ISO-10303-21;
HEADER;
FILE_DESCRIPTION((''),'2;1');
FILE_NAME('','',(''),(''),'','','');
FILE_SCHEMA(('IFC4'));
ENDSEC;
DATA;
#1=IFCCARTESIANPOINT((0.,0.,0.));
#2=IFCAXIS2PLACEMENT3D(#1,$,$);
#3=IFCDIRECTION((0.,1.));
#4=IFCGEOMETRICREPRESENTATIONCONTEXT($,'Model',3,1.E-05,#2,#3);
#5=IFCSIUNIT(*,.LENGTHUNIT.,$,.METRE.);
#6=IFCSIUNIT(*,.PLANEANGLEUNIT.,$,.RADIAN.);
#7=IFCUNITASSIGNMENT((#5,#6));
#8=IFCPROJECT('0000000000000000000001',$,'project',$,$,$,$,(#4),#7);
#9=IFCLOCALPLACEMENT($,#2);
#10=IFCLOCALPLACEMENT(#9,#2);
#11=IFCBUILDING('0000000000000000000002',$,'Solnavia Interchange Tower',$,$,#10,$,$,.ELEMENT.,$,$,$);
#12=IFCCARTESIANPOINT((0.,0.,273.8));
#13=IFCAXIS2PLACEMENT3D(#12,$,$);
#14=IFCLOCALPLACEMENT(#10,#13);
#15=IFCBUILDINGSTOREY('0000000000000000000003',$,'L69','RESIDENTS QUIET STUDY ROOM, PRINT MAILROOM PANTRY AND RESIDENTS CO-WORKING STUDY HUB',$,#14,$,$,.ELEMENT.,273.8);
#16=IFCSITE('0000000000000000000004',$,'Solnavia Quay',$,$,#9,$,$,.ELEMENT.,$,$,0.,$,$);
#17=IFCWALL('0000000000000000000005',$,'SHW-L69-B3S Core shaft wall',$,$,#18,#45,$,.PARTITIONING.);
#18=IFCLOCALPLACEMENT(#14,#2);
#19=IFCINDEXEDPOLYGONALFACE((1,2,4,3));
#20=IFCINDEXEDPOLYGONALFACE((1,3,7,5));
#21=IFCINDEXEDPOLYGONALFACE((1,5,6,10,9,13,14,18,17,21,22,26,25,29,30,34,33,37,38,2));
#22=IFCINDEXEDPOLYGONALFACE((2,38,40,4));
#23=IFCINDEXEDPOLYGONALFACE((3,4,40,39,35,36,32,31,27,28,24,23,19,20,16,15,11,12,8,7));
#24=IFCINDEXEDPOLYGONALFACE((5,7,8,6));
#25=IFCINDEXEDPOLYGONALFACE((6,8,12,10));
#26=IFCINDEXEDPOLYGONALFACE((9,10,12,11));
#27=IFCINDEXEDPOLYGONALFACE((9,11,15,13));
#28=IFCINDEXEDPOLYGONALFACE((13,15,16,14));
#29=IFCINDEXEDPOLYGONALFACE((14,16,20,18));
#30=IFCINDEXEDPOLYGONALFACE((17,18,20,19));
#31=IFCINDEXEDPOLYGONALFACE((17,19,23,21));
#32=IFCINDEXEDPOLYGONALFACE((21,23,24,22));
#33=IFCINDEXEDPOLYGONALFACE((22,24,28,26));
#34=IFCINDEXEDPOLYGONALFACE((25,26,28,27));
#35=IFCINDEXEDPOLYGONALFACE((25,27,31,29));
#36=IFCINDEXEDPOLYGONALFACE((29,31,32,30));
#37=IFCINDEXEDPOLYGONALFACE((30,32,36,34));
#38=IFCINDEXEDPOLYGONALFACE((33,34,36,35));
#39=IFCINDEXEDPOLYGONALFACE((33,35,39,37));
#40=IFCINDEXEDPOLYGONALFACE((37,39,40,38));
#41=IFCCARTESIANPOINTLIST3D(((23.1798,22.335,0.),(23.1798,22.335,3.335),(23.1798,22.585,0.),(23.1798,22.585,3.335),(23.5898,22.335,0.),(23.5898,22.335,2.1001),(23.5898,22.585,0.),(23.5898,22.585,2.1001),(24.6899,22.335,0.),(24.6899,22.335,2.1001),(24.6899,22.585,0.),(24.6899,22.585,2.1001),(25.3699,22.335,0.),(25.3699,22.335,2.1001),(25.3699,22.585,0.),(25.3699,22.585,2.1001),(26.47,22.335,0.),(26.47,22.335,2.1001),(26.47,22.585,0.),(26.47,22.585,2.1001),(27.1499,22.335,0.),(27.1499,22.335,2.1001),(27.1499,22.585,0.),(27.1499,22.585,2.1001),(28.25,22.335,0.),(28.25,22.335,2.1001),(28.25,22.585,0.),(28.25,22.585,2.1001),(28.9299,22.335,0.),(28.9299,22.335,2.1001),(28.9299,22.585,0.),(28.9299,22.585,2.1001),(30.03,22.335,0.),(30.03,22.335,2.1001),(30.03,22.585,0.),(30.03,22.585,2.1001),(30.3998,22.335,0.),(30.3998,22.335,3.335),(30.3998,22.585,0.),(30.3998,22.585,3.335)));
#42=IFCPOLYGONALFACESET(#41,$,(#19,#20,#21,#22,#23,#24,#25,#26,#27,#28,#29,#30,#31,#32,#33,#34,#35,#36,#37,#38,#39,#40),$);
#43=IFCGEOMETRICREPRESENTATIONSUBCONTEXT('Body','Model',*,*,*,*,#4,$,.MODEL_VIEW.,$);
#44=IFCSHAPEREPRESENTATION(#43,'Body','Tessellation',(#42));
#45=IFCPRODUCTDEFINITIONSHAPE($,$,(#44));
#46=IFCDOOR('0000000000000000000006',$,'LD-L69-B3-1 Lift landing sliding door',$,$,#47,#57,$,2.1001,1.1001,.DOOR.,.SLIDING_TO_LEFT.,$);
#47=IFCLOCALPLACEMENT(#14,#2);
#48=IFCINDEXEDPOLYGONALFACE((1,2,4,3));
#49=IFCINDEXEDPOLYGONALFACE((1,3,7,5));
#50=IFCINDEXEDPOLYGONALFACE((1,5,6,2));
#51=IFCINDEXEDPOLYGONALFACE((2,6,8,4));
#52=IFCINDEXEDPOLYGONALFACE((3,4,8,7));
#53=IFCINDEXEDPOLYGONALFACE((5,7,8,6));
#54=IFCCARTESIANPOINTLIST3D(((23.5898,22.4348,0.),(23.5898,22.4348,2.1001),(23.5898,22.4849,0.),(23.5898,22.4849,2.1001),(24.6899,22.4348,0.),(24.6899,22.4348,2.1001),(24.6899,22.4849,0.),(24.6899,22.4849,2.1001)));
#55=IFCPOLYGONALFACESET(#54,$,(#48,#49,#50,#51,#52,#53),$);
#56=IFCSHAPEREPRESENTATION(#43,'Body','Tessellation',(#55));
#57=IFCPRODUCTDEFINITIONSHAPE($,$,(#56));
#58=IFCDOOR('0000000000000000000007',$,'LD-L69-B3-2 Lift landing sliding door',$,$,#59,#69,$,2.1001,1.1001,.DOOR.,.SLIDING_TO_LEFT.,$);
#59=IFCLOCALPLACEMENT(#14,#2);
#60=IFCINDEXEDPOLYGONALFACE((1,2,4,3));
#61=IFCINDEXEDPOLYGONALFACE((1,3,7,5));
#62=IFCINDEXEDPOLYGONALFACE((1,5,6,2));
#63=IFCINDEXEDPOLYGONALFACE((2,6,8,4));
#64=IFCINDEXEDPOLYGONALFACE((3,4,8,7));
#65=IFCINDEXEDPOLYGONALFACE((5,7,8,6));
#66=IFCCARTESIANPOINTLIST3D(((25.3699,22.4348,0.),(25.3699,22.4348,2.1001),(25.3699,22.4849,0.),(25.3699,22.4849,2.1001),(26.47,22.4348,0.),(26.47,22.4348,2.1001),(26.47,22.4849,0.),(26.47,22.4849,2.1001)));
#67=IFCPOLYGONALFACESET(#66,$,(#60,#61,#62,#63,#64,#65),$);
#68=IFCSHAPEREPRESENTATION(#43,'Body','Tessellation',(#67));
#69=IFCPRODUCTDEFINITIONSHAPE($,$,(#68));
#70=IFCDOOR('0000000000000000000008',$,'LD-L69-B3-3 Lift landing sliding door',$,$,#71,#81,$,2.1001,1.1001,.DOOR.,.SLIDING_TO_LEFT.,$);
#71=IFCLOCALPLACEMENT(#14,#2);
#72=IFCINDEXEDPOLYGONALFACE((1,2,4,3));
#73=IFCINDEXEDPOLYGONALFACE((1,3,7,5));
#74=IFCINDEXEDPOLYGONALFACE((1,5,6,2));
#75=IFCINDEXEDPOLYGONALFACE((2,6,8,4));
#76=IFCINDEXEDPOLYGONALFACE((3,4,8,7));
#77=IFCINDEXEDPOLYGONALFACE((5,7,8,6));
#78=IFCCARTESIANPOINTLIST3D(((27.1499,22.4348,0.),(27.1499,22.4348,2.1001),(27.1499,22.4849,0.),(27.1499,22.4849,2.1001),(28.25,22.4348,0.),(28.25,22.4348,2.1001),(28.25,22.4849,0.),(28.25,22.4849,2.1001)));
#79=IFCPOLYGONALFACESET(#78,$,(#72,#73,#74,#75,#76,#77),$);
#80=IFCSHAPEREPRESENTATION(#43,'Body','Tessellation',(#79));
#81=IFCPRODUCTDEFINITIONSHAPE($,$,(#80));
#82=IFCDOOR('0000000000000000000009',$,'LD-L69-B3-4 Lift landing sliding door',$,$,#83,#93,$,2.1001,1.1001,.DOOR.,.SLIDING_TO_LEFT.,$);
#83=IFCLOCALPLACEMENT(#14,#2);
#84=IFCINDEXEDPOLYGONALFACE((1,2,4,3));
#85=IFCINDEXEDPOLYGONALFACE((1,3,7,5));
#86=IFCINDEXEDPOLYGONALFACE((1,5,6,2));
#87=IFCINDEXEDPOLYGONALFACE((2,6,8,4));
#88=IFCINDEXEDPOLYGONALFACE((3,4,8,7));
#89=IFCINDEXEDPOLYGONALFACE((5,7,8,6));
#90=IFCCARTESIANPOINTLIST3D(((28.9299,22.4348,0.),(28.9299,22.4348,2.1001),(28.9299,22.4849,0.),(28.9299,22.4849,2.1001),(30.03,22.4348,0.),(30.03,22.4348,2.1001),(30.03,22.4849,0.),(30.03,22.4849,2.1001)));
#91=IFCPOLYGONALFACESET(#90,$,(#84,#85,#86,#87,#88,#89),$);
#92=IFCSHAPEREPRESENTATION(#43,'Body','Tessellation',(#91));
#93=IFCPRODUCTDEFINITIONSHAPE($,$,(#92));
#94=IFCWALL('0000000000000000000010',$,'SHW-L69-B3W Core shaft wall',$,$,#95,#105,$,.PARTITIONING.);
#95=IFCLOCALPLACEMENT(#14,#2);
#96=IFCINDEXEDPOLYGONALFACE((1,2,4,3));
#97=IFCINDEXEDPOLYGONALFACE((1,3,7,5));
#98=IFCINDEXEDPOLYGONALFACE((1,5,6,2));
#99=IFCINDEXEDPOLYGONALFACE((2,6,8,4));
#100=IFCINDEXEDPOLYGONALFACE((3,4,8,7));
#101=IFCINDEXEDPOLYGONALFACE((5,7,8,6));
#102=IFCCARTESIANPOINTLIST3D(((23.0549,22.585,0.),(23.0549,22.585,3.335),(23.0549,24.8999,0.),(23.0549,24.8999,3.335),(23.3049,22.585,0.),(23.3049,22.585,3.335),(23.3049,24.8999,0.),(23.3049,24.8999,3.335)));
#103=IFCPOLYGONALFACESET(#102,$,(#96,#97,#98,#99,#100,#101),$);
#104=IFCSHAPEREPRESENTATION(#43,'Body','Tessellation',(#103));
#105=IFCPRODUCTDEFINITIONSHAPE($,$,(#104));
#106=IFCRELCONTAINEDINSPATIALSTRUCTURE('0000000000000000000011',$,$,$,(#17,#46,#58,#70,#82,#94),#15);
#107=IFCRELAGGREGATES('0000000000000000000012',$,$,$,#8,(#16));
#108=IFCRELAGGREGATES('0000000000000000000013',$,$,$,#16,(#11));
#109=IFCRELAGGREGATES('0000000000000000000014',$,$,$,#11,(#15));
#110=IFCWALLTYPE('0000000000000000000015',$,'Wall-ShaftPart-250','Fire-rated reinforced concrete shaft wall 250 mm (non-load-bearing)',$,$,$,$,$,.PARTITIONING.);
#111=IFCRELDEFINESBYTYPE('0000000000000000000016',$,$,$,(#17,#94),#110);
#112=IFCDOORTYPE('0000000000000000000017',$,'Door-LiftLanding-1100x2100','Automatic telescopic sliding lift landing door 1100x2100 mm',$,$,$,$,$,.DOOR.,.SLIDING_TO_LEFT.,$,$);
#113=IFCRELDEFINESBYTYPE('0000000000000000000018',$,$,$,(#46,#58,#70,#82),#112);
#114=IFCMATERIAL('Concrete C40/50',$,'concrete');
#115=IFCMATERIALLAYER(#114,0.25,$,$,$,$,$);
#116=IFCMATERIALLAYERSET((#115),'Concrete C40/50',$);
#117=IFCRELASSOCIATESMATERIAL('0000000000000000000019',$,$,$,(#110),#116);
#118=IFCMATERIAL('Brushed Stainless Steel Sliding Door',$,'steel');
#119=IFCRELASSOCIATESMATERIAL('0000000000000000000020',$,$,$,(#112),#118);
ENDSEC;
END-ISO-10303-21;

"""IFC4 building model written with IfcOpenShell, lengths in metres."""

from ifc_helpers import new_model, si_unit, direction, frame, frame_2d, origin, place, context, subcontext, project, spatial, rectangle, extrude, material, layer, layer_set, type_object, element, fill, save


model = new_model("IFC4")

# Units and contexts
model_context = context("Model", 3, precision=1e-05, world=origin(), true_north=direction((0.0, 1.0)))
body_context = subcontext(model_context, "Body", "Model", "MODEL_VIEW")
ifc_project = project(units=[si_unit("LENGTHUNIT", "METRE"), si_unit("PLANEANGLEUNIT", "RADIAN")], contexts=[model_context])

# Site, building, storey
site_placement = place(None, origin())
site = spatial("IfcSite", under=ifc_project, at=site_placement, Name="Solnavia Quay", CompositionType="ELEMENT", RefElevation=0.0)
building_placement = place(site_placement, origin())
building = spatial("IfcBuilding", under=site, at=building_placement, Name="Solnavia Interchange Tower", CompositionType="ELEMENT")
storey_placement = place(building_placement, frame((0.0, 0.0, 273.8)))
storey = spatial("IfcBuildingStorey", under=building, at=storey_placement, Name="L69", Description="RESIDENTS QUIET STUDY ROOM, PRINT MAILROOM PANTRY AND RESIDENTS CO-WORKING STUDY HUB", CompositionType="ELEMENT", Elevation=273.8)

# Shared definitions
ifc_material_1 = material(Name="Concrete C40/50", Category="concrete")

# Shared definitions
ifc_layer_1 = layer(ifc_material_1, 0.25)
ifc_layer_set_1 = layer_set([ifc_layer_1], Name="Concrete C40/50")
wall_type_1 = type_object("IfcWallType", Name="Wall-ShaftPart-250", Description="Fire-rated reinforced concrete shaft wall 250 mm (non-load-bearing)", PredefinedType="PARTITIONING", material=ifc_layer_set_1)

# Shared definitions
ifc_material_2 = material(Name="Brushed Stainless Steel Sliding Door", Category="steel")
door_type_1 = type_object("IfcDoorType", Name="Door-LiftLanding-1100x2100", Description="Automatic telescopic sliding lift landing door 1100x2100 mm", OperationType="SLIDING_TO_LEFT", PredefinedType="DOOR", material=ifc_material_2)

# Wall, openings, doors
wall_1_placement = place(storey_placement, frame((23.1799, 22.46, 0.0), z_axis=(0.0, 0.0, 1.0), x_axis=(1.0, 0.0, 0.0)))
wall_1 = element("IfcWall", 1, at=wall_1_placement, inside=storey, type_object=wall_type_1, Name="SHW-L69-B3S Core shaft wall", PredefinedType="PARTITIONING", context=body_context, shape_type="SweptSolid", body=[
    extrude(rectangle(XDim=7.22, YDim=0.25, at=frame_2d((3.6099, 0.0))), origin(), (0.0, 0.0, 1.0), 3.335),
])
opening_1_placement = place(wall_1_placement, frame((0.4099, 0.0, 0.0)))
opening_1 = element("IfcOpeningElement", 2, at=opening_1_placement, cuts=wall_1, PredefinedType="OPENING", context=body_context, shape_type="SweptSolid", body=[
    extrude(rectangle(XDim=1.1001, YDim=2.1001, at=frame_2d((0.55, 1.05))), frame((0.0, 0.135, 0.0), z_axis=(0.0, -1.0, 0.0), x_axis=(1.0, 0.0, 0.0)), (0.0, 0.0, 1.0), 0.27),
])
opening_2_placement = place(wall_1_placement, frame((2.1899, 0.0, 0.0)))
opening_2 = element("IfcOpeningElement", 3, at=opening_2_placement, cuts=wall_1, PredefinedType="OPENING", context=body_context, shape_type="SweptSolid", body=[
    extrude(rectangle(XDim=1.1001, YDim=2.1001, at=frame_2d((0.55, 1.05))), frame((0.0, 0.135, 0.0), z_axis=(0.0, -1.0, 0.0), x_axis=(1.0, 0.0, 0.0)), (0.0, 0.0, 1.0), 0.27),
])
opening_3_placement = place(wall_1_placement, frame((3.97, 0.0, 0.0)))
opening_3 = element("IfcOpeningElement", 4, at=opening_3_placement, cuts=wall_1, PredefinedType="OPENING", context=body_context, shape_type="SweptSolid", body=[
    extrude(rectangle(XDim=1.1001, YDim=2.1001, at=frame_2d((0.55, 1.05))), frame((0.0, 0.135, 0.0), z_axis=(0.0, -1.0, 0.0), x_axis=(1.0, 0.0, 0.0)), (0.0, 0.0, 1.0), 0.27),
])
opening_4_placement = place(wall_1_placement, frame((5.75, 0.0, 0.0)))
opening_4 = element("IfcOpeningElement", 5, at=opening_4_placement, cuts=wall_1, PredefinedType="OPENING", context=body_context, shape_type="SweptSolid", body=[
    extrude(rectangle(XDim=1.1001, YDim=2.1001, at=frame_2d((0.55, 1.05))), frame((0.0, 0.135, 0.0), z_axis=(0.0, -1.0, 0.0), x_axis=(1.0, 0.0, 0.0)), (0.0, 0.0, 1.0), 0.27),
])
door_1_placement = place(opening_1_placement, origin())
door_1 = element("IfcDoor", 6, at=door_1_placement, inside=storey, type_object=door_type_1, Name="LD-L69-B3-1 Lift landing sliding door", OperationType="SLIDING_TO_LEFT", OverallHeight=2.1001, OverallWidth=1.1001, PredefinedType="DOOR", context=body_context, shape_type="SweptSolid", body=[
    extrude(rectangle(XDim=1.1001, YDim=2.1001, at=frame_2d((0.55, 1.05))), frame((0.0, 0.0249, 0.0), z_axis=(0.0, -1.0, 0.0), x_axis=(1.0, 0.0, 0.0)), (0.0, 0.0, 1.0), 0.05),
])
fill(opening_1, door_1)
door_2_placement = place(opening_2_placement, origin())
door_2 = element("IfcDoor", 7, at=door_2_placement, inside=storey, type_object=door_type_1, Name="LD-L69-B3-2 Lift landing sliding door", OperationType="SLIDING_TO_LEFT", OverallHeight=2.1001, OverallWidth=1.1001, PredefinedType="DOOR", context=body_context, shape_type="SweptSolid", body=[
    extrude(rectangle(XDim=1.1001, YDim=2.1001, at=frame_2d((0.55, 1.05))), frame((0.0, 0.0249, 0.0), z_axis=(0.0, -1.0, 0.0), x_axis=(1.0, 0.0, 0.0)), (0.0, 0.0, 1.0), 0.05),
])
fill(opening_2, door_2)
door_3_placement = place(opening_3_placement, origin())
door_3 = element("IfcDoor", 8, at=door_3_placement, inside=storey, type_object=door_type_1, Name="LD-L69-B3-3 Lift landing sliding door", OperationType="SLIDING_TO_LEFT", OverallHeight=2.1001, OverallWidth=1.1001, PredefinedType="DOOR", context=body_context, shape_type="SweptSolid", body=[
    extrude(rectangle(XDim=1.1001, YDim=2.1001, at=frame_2d((0.55, 1.05))), frame((0.0, 0.0249, 0.0), z_axis=(0.0, -1.0, 0.0), x_axis=(1.0, 0.0, 0.0)), (0.0, 0.0, 1.0), 0.05),
])
fill(opening_3, door_3)
door_4_placement = place(opening_4_placement, origin())
door_4 = element("IfcDoor", 9, at=door_4_placement, inside=storey, type_object=door_type_1, Name="LD-L69-B3-4 Lift landing sliding door", OperationType="SLIDING_TO_LEFT", OverallHeight=2.1001, OverallWidth=1.1001, PredefinedType="DOOR", context=body_context, shape_type="SweptSolid", body=[
    extrude(rectangle(XDim=1.1001, YDim=2.1001, at=frame_2d((0.55, 1.05))), frame((0.0, 0.0249, 0.0), z_axis=(0.0, -1.0, 0.0), x_axis=(1.0, 0.0, 0.0)), (0.0, 0.0, 1.0), 0.05),
])
fill(opening_4, door_4)

# Wall
wall_2_placement = place(storey_placement, frame((23.1799, 22.585, 0.0), z_axis=(0.0, 0.0, 1.0), x_axis=(0.0, 1.0, 0.0)))
element("IfcWall", 10, at=wall_2_placement, inside=storey, type_object=wall_type_1, Name="SHW-L69-B3W Core shaft wall", PredefinedType="PARTITIONING", context=body_context, shape_type="SweptSolid", body=[
    extrude(rectangle(XDim=2.3149, YDim=0.25, at=frame_2d((1.1575, 0.0))), origin(), (0.0, 0.0, 1.0), 3.335),
])

save(model, "model.ifc")
